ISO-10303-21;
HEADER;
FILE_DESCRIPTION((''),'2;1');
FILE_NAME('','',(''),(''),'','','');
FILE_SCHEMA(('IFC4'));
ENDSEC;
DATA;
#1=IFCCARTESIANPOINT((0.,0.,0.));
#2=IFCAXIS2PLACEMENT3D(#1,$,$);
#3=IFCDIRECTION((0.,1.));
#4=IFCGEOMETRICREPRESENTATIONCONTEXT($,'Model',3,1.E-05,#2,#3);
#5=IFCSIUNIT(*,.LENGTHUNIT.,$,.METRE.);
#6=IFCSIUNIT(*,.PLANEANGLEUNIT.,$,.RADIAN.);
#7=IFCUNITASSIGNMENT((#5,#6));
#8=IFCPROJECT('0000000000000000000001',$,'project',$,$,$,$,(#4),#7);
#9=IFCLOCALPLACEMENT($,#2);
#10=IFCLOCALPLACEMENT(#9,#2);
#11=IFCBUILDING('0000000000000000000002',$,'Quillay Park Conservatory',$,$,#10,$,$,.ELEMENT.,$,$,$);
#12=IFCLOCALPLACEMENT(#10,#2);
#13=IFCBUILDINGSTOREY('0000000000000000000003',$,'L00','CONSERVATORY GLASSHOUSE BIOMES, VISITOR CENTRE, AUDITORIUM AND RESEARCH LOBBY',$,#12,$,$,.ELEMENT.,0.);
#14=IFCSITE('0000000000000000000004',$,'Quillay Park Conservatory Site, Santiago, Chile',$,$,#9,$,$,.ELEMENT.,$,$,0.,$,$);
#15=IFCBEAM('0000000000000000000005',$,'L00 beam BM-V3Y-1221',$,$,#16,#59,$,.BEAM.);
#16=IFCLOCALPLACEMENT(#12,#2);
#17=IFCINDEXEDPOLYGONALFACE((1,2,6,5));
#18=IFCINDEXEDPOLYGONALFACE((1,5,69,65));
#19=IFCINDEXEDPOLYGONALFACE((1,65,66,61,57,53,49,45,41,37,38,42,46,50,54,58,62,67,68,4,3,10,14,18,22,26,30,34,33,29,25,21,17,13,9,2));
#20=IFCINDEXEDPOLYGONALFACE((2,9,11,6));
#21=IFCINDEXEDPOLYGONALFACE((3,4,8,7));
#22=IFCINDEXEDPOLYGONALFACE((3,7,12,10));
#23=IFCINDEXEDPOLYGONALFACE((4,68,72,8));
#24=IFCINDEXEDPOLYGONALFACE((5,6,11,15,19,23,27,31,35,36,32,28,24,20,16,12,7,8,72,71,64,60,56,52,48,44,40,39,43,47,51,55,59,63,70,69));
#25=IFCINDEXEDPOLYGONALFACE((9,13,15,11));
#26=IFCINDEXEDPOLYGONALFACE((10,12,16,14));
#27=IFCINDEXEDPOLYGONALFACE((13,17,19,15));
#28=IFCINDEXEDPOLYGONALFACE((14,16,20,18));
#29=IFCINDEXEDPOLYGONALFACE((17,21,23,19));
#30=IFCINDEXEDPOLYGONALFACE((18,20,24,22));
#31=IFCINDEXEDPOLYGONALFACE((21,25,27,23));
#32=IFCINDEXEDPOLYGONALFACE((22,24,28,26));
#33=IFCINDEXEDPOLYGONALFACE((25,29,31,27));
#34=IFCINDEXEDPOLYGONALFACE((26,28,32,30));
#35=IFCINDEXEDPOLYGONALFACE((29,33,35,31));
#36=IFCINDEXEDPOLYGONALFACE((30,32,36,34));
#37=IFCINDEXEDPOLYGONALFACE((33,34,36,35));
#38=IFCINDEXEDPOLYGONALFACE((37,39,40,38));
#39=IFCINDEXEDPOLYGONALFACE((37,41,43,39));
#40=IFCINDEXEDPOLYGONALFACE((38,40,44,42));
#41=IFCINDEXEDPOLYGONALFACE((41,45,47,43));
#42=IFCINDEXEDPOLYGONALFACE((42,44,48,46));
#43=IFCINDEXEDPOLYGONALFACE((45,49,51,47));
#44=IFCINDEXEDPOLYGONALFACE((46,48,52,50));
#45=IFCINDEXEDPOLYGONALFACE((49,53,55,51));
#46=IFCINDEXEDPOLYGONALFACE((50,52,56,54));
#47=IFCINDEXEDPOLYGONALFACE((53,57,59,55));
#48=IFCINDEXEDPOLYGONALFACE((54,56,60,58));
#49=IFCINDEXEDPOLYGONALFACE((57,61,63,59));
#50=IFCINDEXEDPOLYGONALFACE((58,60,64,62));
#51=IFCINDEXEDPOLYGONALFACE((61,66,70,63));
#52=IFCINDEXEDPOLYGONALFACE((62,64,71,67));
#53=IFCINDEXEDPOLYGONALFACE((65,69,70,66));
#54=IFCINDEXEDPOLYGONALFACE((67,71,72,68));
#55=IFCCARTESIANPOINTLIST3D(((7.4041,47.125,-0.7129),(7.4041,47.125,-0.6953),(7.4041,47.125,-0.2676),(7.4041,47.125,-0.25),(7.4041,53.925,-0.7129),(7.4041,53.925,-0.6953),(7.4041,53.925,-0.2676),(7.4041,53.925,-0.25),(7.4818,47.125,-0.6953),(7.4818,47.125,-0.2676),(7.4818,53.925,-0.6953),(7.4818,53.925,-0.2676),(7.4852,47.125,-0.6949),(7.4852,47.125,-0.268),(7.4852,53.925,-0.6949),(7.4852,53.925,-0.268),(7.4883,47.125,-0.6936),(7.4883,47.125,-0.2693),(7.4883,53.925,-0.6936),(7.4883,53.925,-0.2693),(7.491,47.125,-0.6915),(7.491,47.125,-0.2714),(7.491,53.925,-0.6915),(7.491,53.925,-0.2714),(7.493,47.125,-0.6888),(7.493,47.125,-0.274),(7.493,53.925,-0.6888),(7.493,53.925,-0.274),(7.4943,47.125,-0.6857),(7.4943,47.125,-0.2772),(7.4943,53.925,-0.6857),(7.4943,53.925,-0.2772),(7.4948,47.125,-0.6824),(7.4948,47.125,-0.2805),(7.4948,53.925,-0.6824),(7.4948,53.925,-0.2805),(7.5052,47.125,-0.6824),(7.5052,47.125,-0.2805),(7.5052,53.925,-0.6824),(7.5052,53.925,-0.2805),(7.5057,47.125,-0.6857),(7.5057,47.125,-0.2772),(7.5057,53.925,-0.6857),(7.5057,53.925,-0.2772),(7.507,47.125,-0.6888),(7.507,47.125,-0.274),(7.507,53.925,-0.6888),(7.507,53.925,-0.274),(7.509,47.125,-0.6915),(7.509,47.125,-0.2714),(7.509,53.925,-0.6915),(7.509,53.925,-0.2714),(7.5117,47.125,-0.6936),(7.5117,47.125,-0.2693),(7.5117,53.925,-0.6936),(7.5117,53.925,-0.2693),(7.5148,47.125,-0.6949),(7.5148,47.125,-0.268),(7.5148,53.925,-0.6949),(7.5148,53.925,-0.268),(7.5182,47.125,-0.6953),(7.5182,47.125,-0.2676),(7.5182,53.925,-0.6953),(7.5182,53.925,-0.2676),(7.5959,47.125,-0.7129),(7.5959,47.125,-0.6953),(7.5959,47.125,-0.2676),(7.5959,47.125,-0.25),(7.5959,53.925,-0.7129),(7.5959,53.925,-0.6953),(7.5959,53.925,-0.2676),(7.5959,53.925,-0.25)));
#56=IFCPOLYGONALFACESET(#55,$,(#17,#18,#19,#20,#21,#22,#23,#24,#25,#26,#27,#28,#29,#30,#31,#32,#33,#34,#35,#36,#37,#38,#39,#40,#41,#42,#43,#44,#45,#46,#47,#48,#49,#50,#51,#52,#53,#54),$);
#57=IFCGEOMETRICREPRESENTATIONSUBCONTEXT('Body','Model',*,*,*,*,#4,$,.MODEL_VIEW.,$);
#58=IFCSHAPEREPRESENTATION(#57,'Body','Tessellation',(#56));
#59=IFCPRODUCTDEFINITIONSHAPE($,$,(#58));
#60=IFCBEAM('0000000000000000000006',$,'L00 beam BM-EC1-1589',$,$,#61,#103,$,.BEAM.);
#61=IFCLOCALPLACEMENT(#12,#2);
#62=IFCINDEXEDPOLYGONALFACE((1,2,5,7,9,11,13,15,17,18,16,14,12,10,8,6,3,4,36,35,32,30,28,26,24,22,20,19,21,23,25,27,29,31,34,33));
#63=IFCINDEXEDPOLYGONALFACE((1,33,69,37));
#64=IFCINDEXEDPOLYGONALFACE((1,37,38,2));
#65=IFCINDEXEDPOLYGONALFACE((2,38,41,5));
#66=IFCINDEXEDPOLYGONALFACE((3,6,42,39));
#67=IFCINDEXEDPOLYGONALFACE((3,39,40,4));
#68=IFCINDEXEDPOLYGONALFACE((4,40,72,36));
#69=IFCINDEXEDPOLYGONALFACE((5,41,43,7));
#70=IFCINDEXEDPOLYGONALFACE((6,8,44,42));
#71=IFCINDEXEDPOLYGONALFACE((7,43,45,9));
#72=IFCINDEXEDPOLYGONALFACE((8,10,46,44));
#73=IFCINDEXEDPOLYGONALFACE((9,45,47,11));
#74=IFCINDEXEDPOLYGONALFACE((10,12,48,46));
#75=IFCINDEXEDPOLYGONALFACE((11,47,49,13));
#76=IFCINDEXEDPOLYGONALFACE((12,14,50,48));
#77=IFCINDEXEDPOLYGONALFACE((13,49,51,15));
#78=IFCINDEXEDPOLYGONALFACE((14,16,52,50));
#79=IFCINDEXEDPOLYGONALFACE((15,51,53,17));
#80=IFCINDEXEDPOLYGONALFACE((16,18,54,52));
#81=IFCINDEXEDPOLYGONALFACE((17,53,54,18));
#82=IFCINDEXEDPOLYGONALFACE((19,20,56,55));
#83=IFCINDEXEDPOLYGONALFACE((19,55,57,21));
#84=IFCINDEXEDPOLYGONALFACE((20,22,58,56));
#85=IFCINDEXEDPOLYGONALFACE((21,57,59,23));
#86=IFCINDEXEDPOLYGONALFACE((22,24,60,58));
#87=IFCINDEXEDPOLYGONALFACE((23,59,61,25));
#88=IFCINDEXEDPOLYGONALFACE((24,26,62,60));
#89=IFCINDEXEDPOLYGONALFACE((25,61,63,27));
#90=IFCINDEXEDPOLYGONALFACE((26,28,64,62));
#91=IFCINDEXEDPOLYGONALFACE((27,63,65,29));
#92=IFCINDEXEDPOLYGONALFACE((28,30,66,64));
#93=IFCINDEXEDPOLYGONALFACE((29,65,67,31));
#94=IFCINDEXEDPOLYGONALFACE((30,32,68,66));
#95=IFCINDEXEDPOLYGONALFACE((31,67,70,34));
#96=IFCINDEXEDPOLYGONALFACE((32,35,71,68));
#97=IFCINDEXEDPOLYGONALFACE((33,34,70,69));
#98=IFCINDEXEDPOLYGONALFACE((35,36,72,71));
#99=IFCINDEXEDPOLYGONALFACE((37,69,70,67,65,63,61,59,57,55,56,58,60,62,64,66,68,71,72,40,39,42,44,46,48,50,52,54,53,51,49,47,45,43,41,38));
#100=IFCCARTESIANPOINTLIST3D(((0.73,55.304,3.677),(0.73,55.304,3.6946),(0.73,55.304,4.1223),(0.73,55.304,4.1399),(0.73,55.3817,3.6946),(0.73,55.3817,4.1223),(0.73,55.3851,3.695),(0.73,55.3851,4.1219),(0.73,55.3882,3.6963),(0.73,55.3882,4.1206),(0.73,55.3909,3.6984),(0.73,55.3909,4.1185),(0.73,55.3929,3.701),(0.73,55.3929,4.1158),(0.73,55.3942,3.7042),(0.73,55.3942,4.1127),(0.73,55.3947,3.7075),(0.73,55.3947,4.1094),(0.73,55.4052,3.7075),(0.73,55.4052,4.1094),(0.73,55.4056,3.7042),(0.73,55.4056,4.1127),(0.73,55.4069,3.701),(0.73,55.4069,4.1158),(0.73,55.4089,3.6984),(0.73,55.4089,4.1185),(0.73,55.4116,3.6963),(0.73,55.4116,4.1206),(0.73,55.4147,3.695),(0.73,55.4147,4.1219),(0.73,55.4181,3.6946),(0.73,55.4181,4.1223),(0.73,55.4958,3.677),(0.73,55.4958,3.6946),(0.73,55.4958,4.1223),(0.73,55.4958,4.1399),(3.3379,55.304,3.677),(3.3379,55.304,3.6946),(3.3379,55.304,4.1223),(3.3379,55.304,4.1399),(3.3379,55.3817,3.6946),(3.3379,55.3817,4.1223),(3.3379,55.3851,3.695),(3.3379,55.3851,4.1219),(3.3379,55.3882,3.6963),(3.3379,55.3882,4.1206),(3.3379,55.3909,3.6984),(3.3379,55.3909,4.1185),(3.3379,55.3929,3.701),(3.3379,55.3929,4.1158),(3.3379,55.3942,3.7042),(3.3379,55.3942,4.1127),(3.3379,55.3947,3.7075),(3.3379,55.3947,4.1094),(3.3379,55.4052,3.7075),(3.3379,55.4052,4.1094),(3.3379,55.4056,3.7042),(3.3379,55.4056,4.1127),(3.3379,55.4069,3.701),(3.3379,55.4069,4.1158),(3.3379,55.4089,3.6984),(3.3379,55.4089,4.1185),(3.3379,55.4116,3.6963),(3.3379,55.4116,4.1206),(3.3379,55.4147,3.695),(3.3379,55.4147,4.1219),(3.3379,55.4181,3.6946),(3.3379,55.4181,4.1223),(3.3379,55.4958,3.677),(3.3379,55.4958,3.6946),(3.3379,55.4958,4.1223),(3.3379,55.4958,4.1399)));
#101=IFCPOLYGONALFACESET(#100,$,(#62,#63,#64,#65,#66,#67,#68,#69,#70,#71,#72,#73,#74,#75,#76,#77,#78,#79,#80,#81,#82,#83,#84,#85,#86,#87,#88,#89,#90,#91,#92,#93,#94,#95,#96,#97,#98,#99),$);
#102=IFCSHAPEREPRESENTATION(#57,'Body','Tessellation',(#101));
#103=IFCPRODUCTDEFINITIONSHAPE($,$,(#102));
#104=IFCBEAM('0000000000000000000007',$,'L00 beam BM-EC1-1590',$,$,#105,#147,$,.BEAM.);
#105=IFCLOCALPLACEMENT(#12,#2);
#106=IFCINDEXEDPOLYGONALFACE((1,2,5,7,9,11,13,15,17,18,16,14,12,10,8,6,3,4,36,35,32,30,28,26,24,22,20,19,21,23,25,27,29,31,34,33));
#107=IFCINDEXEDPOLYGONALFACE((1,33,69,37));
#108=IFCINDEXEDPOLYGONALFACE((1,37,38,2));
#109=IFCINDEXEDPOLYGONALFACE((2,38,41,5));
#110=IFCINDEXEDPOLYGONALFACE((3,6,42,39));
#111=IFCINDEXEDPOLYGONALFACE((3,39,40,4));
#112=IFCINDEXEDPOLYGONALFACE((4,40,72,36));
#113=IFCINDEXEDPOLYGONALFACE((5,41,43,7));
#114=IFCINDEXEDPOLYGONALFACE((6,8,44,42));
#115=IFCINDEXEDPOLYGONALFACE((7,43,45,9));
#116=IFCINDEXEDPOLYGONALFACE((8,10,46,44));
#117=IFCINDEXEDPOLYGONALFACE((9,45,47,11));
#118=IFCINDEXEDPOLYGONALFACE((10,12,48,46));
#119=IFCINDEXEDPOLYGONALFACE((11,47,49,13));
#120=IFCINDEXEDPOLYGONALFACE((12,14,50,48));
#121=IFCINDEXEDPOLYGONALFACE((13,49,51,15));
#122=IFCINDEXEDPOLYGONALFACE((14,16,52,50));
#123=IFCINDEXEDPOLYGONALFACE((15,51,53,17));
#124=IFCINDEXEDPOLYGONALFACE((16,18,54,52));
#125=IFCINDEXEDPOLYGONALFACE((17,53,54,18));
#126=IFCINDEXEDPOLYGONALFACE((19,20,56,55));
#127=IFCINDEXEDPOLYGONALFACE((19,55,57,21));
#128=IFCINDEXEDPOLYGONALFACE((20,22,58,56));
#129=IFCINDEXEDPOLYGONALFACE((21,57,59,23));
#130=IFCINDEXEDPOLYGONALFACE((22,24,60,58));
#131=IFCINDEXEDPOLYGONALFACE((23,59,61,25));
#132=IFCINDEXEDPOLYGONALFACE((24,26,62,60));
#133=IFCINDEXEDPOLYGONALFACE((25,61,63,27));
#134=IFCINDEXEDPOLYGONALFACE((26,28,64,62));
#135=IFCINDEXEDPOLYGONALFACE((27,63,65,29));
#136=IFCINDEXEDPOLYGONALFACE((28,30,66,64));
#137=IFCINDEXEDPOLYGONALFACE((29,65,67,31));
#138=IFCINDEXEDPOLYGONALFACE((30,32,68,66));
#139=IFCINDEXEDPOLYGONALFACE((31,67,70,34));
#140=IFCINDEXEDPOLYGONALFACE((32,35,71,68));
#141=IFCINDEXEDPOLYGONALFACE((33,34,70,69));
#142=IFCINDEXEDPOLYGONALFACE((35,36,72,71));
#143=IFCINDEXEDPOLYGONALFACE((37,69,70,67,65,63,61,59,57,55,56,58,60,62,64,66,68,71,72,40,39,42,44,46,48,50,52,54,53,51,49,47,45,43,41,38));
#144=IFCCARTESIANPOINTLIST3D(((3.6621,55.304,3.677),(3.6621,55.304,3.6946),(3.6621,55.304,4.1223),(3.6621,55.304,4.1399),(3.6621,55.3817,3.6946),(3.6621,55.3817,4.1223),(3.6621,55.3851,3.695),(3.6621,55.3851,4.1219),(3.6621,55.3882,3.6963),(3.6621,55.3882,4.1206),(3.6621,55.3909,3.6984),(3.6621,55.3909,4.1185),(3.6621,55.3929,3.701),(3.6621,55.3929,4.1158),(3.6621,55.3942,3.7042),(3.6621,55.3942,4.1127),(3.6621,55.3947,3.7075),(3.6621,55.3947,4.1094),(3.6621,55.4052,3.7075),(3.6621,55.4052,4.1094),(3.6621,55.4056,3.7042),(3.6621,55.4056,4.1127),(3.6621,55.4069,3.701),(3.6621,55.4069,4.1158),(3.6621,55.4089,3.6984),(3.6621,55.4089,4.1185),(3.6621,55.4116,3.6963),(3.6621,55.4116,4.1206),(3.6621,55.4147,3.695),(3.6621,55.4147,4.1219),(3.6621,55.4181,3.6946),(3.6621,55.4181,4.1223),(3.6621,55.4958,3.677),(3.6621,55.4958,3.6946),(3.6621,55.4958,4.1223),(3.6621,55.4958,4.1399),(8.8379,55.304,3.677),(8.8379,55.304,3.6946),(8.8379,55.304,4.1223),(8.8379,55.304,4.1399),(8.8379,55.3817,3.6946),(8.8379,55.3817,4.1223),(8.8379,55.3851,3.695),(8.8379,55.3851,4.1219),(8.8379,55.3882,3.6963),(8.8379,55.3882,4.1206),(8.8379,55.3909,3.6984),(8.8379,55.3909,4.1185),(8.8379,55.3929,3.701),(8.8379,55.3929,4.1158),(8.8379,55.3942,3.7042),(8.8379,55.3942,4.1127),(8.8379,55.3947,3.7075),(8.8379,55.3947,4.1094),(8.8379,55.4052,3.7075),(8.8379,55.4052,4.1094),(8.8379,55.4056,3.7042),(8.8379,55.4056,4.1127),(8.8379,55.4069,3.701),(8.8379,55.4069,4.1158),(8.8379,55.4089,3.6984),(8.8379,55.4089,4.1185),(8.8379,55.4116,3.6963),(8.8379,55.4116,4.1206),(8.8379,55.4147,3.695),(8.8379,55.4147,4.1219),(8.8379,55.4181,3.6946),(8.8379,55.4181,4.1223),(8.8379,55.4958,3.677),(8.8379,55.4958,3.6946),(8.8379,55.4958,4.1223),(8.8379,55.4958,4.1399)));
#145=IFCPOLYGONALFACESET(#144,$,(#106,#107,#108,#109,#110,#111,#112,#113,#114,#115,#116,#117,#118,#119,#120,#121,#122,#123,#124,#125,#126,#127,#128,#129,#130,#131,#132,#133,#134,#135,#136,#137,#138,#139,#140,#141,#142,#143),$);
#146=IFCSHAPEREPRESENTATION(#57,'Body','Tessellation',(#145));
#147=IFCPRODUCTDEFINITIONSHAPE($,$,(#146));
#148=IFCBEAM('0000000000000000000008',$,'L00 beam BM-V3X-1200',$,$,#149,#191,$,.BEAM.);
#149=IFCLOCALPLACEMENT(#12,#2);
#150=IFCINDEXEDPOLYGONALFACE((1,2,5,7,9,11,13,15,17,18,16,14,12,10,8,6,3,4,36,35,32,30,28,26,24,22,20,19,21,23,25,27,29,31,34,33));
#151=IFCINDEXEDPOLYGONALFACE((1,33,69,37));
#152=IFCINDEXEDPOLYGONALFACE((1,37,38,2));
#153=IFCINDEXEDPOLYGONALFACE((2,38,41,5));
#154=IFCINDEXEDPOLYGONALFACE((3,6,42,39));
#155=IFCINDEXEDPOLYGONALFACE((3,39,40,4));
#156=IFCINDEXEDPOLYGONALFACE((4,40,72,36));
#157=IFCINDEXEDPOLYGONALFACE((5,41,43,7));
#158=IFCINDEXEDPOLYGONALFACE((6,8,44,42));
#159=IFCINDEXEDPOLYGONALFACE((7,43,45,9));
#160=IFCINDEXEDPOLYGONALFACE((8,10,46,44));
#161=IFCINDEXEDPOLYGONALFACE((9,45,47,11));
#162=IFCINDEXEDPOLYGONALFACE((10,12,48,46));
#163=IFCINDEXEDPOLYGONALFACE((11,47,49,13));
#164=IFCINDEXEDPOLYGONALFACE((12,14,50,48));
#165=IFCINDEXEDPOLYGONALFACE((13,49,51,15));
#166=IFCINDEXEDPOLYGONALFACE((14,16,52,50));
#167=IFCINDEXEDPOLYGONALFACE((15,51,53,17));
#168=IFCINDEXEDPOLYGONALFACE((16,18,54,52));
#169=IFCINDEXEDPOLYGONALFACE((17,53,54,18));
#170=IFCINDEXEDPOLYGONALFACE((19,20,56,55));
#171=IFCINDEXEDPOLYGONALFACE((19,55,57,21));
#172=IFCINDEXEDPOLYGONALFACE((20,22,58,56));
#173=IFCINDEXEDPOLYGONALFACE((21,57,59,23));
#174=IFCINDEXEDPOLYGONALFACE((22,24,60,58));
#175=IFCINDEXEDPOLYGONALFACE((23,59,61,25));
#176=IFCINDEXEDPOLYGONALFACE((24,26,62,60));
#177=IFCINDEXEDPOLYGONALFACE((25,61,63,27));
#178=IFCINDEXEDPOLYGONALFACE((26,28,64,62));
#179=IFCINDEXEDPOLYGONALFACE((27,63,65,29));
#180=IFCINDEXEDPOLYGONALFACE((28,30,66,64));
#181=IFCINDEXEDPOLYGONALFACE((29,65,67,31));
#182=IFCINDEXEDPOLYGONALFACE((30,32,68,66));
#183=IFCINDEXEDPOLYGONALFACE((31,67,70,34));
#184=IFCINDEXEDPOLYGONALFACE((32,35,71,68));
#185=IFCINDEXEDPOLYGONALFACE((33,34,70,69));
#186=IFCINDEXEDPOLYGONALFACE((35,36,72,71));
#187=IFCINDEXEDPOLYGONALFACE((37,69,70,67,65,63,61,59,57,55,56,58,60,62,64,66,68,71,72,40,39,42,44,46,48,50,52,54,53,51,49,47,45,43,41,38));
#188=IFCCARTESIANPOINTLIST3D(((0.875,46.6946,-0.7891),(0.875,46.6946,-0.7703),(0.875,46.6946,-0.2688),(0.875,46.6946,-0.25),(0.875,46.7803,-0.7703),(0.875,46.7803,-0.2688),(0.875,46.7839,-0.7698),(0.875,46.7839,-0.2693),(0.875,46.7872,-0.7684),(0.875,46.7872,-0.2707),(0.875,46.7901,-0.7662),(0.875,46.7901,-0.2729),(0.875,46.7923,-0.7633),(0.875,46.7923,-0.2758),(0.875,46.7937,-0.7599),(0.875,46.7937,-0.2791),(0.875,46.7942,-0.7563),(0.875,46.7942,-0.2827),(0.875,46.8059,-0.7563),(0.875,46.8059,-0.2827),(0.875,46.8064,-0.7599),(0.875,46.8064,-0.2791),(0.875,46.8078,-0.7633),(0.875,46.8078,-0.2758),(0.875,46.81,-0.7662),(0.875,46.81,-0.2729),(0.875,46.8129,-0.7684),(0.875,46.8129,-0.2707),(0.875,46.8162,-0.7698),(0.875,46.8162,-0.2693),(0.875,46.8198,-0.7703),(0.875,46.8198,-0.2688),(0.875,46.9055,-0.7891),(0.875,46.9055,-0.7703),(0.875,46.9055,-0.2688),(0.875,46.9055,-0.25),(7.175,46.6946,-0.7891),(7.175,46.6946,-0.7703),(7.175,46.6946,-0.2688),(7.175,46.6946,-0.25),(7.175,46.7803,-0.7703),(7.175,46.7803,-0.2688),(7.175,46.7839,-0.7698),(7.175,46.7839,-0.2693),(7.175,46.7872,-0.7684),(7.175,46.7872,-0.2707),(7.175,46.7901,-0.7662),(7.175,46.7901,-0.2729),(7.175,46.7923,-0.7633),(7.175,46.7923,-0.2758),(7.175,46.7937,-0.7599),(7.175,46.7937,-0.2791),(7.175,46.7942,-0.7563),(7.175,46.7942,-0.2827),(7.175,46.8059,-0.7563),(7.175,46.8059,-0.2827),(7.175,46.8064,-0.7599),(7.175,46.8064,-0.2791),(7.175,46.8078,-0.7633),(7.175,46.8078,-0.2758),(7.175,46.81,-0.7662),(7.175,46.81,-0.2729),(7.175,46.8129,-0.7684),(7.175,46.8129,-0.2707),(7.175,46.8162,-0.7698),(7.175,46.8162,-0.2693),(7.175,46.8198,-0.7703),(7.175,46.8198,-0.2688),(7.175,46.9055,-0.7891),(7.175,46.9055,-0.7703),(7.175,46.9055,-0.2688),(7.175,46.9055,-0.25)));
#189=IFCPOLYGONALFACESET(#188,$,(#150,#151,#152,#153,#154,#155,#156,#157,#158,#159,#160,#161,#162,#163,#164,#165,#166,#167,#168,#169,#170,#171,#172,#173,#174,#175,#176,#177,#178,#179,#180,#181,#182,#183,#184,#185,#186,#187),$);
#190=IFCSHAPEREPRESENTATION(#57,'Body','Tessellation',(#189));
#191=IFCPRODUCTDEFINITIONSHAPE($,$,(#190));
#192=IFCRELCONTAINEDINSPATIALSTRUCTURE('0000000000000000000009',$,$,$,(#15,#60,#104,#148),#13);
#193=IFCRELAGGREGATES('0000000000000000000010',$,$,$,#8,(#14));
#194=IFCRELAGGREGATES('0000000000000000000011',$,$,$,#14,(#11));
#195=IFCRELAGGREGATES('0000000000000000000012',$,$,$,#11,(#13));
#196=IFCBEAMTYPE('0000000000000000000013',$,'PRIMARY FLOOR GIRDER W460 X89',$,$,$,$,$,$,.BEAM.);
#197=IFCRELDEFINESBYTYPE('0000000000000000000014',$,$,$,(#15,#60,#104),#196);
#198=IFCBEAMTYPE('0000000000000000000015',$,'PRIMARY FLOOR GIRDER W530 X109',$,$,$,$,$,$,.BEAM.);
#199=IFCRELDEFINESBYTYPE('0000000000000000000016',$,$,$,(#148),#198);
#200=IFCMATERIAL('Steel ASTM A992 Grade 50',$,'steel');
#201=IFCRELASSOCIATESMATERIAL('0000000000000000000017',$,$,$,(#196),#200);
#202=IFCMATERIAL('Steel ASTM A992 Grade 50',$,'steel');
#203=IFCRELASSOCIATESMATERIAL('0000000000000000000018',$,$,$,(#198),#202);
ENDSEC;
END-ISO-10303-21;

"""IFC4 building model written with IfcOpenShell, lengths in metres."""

from ifc_helpers import new_model, si_unit, direction, frame, origin, origin_2d, place, context, subcontext, project, spatial, i_section, extrude, material, material_profile, profile_set, type_object, element, save


model = new_model("IFC4")

# Units and contexts
model_context = context("Model", 3, precision=1e-05, world=origin(), true_north=direction((0.0, 1.0)))
body_context = subcontext(model_context, "Body", "Model", "MODEL_VIEW")
ifc_project = project(units=[si_unit("LENGTHUNIT", "METRE"), si_unit("PLANEANGLEUNIT", "RADIAN")], contexts=[model_context])

# Site, building, storey
site_placement = place(None, origin())
site = spatial("IfcSite", under=ifc_project, at=site_placement, Name="Quillay Park Conservatory Site, Santiago, Chile", CompositionType="ELEMENT", RefElevation=0.0)
building_placement = place(site_placement, origin())
building = spatial("IfcBuilding", under=site, at=building_placement, Name="Quillay Park Conservatory", CompositionType="ELEMENT")
storey_placement = place(building_placement, origin())
storey = spatial("IfcBuildingStorey", under=building, at=storey_placement, Name="L00", Description="CONSERVATORY GLASSHOUSE BIOMES, VISITOR CENTRE, AUDITORIUM AND RESEARCH LOBBY", CompositionType="ELEMENT", Elevation=0.0)

# Beams
ifc_material_1 = material(Name="Steel ASTM A992 Grade 50", Category="steel")
ifc_material_profile_1 = material_profile(ifc_material_1, i_section(OverallWidth=0.1919, OverallDepth=0.4629, WebThickness=0.0105, FlangeThickness=0.0176, FilletRadius=0.0129, at=origin_2d()), Name="W460x89")
ifc_profile_set_1 = profile_set([ifc_material_profile_1], Name="Steel ASTM A992 Grade 50")
beam_type_1 = type_object("IfcBeamType", Name="PRIMARY FLOOR GIRDER W460 X89", PredefinedType="BEAM", material=ifc_profile_set_1)
for number, where, z_axis, x_axis, name in (
    (1, (7.5, 47.125, -0.4814), (0.0, 1.0, 0.0), (-1.0, 0.0, 0.0), "L00 beam BM-V3Y-1221"),
):
    element("IfcBeam", number, at=place(storey_placement, frame(where, z_axis=z_axis, x_axis=x_axis)), inside=storey, type_object=beam_type_1, Name=name, PredefinedType="BEAM", context=body_context, shape_type="SweptSolid", body=[
        extrude(i_section(OverallWidth=0.1919, OverallDepth=0.4629, WebThickness=0.0105, FlangeThickness=0.0176, FilletRadius=0.0129, at=origin_2d()), origin(), (0.0, 0.0, 1.0), 6.8),
    ])
beam_1_placement = place(storey_placement, frame((0.73, 55.3999, 3.9084), z_axis=(1.0, 0.0, 0.0), x_axis=(0.0, 1.0, 0.0)))
element("IfcBeam", 2, at=beam_1_placement, inside=storey, type_object=beam_type_1, Name="L00 beam BM-EC1-1589", PredefinedType="BEAM", context=body_context, shape_type="SweptSolid", body=[
    extrude(i_section(OverallWidth=0.1919, OverallDepth=0.4629, WebThickness=0.0105, FlangeThickness=0.0176, FilletRadius=0.0129, at=origin_2d()), origin(), (0.0, 0.0, 1.0), 2.6079),
])
beam_2_placement = place(storey_placement, frame((3.6621, 55.3999, 3.9084), z_axis=(1.0, 0.0, 0.0), x_axis=(0.0, 1.0, 0.0)))
element("IfcBeam", 3, at=beam_2_placement, inside=storey, type_object=beam_type_1, Name="L00 beam BM-EC1-1590", PredefinedType="BEAM", context=body_context, shape_type="SweptSolid", body=[
    extrude(i_section(OverallWidth=0.1919, OverallDepth=0.4629, WebThickness=0.0105, FlangeThickness=0.0176, FilletRadius=0.0129, at=origin_2d()), origin(), (0.0, 0.0, 1.0), 5.1758),
])
ifc_material_2 = material(Name="Steel ASTM A992 Grade 50", Category="steel")
ifc_material_profile_2 = material_profile(ifc_material_2, i_section(OverallWidth=0.2109, OverallDepth=0.5391, WebThickness=0.0117, FlangeThickness=0.0188, FilletRadius=0.0139, at=origin_2d()), Name="W530x109")
ifc_profile_set_2 = profile_set([ifc_material_profile_2], Name="Steel ASTM A992 Grade 50")
beam_type_2 = type_object("IfcBeamType", Name="PRIMARY FLOOR GIRDER W530 X109", PredefinedType="BEAM", material=ifc_profile_set_2)
beam_3_placement = place(storey_placement, frame((0.875, 46.8, -0.5195), z_axis=(1.0, 0.0, 0.0), x_axis=(0.0, 1.0, 0.0)))
element("IfcBeam", 4, at=beam_3_placement, inside=storey, type_object=beam_type_2, Name="L00 beam BM-V3X-1200", PredefinedType="BEAM", context=body_context, shape_type="SweptSolid", body=[
    extrude(i_section(OverallWidth=0.2109, OverallDepth=0.5391, WebThickness=0.0117, FlangeThickness=0.0188, FilletRadius=0.0139, at=origin_2d()), origin(), (0.0, 0.0, 1.0), 6.3),
])

save(model, "model.ifc")
